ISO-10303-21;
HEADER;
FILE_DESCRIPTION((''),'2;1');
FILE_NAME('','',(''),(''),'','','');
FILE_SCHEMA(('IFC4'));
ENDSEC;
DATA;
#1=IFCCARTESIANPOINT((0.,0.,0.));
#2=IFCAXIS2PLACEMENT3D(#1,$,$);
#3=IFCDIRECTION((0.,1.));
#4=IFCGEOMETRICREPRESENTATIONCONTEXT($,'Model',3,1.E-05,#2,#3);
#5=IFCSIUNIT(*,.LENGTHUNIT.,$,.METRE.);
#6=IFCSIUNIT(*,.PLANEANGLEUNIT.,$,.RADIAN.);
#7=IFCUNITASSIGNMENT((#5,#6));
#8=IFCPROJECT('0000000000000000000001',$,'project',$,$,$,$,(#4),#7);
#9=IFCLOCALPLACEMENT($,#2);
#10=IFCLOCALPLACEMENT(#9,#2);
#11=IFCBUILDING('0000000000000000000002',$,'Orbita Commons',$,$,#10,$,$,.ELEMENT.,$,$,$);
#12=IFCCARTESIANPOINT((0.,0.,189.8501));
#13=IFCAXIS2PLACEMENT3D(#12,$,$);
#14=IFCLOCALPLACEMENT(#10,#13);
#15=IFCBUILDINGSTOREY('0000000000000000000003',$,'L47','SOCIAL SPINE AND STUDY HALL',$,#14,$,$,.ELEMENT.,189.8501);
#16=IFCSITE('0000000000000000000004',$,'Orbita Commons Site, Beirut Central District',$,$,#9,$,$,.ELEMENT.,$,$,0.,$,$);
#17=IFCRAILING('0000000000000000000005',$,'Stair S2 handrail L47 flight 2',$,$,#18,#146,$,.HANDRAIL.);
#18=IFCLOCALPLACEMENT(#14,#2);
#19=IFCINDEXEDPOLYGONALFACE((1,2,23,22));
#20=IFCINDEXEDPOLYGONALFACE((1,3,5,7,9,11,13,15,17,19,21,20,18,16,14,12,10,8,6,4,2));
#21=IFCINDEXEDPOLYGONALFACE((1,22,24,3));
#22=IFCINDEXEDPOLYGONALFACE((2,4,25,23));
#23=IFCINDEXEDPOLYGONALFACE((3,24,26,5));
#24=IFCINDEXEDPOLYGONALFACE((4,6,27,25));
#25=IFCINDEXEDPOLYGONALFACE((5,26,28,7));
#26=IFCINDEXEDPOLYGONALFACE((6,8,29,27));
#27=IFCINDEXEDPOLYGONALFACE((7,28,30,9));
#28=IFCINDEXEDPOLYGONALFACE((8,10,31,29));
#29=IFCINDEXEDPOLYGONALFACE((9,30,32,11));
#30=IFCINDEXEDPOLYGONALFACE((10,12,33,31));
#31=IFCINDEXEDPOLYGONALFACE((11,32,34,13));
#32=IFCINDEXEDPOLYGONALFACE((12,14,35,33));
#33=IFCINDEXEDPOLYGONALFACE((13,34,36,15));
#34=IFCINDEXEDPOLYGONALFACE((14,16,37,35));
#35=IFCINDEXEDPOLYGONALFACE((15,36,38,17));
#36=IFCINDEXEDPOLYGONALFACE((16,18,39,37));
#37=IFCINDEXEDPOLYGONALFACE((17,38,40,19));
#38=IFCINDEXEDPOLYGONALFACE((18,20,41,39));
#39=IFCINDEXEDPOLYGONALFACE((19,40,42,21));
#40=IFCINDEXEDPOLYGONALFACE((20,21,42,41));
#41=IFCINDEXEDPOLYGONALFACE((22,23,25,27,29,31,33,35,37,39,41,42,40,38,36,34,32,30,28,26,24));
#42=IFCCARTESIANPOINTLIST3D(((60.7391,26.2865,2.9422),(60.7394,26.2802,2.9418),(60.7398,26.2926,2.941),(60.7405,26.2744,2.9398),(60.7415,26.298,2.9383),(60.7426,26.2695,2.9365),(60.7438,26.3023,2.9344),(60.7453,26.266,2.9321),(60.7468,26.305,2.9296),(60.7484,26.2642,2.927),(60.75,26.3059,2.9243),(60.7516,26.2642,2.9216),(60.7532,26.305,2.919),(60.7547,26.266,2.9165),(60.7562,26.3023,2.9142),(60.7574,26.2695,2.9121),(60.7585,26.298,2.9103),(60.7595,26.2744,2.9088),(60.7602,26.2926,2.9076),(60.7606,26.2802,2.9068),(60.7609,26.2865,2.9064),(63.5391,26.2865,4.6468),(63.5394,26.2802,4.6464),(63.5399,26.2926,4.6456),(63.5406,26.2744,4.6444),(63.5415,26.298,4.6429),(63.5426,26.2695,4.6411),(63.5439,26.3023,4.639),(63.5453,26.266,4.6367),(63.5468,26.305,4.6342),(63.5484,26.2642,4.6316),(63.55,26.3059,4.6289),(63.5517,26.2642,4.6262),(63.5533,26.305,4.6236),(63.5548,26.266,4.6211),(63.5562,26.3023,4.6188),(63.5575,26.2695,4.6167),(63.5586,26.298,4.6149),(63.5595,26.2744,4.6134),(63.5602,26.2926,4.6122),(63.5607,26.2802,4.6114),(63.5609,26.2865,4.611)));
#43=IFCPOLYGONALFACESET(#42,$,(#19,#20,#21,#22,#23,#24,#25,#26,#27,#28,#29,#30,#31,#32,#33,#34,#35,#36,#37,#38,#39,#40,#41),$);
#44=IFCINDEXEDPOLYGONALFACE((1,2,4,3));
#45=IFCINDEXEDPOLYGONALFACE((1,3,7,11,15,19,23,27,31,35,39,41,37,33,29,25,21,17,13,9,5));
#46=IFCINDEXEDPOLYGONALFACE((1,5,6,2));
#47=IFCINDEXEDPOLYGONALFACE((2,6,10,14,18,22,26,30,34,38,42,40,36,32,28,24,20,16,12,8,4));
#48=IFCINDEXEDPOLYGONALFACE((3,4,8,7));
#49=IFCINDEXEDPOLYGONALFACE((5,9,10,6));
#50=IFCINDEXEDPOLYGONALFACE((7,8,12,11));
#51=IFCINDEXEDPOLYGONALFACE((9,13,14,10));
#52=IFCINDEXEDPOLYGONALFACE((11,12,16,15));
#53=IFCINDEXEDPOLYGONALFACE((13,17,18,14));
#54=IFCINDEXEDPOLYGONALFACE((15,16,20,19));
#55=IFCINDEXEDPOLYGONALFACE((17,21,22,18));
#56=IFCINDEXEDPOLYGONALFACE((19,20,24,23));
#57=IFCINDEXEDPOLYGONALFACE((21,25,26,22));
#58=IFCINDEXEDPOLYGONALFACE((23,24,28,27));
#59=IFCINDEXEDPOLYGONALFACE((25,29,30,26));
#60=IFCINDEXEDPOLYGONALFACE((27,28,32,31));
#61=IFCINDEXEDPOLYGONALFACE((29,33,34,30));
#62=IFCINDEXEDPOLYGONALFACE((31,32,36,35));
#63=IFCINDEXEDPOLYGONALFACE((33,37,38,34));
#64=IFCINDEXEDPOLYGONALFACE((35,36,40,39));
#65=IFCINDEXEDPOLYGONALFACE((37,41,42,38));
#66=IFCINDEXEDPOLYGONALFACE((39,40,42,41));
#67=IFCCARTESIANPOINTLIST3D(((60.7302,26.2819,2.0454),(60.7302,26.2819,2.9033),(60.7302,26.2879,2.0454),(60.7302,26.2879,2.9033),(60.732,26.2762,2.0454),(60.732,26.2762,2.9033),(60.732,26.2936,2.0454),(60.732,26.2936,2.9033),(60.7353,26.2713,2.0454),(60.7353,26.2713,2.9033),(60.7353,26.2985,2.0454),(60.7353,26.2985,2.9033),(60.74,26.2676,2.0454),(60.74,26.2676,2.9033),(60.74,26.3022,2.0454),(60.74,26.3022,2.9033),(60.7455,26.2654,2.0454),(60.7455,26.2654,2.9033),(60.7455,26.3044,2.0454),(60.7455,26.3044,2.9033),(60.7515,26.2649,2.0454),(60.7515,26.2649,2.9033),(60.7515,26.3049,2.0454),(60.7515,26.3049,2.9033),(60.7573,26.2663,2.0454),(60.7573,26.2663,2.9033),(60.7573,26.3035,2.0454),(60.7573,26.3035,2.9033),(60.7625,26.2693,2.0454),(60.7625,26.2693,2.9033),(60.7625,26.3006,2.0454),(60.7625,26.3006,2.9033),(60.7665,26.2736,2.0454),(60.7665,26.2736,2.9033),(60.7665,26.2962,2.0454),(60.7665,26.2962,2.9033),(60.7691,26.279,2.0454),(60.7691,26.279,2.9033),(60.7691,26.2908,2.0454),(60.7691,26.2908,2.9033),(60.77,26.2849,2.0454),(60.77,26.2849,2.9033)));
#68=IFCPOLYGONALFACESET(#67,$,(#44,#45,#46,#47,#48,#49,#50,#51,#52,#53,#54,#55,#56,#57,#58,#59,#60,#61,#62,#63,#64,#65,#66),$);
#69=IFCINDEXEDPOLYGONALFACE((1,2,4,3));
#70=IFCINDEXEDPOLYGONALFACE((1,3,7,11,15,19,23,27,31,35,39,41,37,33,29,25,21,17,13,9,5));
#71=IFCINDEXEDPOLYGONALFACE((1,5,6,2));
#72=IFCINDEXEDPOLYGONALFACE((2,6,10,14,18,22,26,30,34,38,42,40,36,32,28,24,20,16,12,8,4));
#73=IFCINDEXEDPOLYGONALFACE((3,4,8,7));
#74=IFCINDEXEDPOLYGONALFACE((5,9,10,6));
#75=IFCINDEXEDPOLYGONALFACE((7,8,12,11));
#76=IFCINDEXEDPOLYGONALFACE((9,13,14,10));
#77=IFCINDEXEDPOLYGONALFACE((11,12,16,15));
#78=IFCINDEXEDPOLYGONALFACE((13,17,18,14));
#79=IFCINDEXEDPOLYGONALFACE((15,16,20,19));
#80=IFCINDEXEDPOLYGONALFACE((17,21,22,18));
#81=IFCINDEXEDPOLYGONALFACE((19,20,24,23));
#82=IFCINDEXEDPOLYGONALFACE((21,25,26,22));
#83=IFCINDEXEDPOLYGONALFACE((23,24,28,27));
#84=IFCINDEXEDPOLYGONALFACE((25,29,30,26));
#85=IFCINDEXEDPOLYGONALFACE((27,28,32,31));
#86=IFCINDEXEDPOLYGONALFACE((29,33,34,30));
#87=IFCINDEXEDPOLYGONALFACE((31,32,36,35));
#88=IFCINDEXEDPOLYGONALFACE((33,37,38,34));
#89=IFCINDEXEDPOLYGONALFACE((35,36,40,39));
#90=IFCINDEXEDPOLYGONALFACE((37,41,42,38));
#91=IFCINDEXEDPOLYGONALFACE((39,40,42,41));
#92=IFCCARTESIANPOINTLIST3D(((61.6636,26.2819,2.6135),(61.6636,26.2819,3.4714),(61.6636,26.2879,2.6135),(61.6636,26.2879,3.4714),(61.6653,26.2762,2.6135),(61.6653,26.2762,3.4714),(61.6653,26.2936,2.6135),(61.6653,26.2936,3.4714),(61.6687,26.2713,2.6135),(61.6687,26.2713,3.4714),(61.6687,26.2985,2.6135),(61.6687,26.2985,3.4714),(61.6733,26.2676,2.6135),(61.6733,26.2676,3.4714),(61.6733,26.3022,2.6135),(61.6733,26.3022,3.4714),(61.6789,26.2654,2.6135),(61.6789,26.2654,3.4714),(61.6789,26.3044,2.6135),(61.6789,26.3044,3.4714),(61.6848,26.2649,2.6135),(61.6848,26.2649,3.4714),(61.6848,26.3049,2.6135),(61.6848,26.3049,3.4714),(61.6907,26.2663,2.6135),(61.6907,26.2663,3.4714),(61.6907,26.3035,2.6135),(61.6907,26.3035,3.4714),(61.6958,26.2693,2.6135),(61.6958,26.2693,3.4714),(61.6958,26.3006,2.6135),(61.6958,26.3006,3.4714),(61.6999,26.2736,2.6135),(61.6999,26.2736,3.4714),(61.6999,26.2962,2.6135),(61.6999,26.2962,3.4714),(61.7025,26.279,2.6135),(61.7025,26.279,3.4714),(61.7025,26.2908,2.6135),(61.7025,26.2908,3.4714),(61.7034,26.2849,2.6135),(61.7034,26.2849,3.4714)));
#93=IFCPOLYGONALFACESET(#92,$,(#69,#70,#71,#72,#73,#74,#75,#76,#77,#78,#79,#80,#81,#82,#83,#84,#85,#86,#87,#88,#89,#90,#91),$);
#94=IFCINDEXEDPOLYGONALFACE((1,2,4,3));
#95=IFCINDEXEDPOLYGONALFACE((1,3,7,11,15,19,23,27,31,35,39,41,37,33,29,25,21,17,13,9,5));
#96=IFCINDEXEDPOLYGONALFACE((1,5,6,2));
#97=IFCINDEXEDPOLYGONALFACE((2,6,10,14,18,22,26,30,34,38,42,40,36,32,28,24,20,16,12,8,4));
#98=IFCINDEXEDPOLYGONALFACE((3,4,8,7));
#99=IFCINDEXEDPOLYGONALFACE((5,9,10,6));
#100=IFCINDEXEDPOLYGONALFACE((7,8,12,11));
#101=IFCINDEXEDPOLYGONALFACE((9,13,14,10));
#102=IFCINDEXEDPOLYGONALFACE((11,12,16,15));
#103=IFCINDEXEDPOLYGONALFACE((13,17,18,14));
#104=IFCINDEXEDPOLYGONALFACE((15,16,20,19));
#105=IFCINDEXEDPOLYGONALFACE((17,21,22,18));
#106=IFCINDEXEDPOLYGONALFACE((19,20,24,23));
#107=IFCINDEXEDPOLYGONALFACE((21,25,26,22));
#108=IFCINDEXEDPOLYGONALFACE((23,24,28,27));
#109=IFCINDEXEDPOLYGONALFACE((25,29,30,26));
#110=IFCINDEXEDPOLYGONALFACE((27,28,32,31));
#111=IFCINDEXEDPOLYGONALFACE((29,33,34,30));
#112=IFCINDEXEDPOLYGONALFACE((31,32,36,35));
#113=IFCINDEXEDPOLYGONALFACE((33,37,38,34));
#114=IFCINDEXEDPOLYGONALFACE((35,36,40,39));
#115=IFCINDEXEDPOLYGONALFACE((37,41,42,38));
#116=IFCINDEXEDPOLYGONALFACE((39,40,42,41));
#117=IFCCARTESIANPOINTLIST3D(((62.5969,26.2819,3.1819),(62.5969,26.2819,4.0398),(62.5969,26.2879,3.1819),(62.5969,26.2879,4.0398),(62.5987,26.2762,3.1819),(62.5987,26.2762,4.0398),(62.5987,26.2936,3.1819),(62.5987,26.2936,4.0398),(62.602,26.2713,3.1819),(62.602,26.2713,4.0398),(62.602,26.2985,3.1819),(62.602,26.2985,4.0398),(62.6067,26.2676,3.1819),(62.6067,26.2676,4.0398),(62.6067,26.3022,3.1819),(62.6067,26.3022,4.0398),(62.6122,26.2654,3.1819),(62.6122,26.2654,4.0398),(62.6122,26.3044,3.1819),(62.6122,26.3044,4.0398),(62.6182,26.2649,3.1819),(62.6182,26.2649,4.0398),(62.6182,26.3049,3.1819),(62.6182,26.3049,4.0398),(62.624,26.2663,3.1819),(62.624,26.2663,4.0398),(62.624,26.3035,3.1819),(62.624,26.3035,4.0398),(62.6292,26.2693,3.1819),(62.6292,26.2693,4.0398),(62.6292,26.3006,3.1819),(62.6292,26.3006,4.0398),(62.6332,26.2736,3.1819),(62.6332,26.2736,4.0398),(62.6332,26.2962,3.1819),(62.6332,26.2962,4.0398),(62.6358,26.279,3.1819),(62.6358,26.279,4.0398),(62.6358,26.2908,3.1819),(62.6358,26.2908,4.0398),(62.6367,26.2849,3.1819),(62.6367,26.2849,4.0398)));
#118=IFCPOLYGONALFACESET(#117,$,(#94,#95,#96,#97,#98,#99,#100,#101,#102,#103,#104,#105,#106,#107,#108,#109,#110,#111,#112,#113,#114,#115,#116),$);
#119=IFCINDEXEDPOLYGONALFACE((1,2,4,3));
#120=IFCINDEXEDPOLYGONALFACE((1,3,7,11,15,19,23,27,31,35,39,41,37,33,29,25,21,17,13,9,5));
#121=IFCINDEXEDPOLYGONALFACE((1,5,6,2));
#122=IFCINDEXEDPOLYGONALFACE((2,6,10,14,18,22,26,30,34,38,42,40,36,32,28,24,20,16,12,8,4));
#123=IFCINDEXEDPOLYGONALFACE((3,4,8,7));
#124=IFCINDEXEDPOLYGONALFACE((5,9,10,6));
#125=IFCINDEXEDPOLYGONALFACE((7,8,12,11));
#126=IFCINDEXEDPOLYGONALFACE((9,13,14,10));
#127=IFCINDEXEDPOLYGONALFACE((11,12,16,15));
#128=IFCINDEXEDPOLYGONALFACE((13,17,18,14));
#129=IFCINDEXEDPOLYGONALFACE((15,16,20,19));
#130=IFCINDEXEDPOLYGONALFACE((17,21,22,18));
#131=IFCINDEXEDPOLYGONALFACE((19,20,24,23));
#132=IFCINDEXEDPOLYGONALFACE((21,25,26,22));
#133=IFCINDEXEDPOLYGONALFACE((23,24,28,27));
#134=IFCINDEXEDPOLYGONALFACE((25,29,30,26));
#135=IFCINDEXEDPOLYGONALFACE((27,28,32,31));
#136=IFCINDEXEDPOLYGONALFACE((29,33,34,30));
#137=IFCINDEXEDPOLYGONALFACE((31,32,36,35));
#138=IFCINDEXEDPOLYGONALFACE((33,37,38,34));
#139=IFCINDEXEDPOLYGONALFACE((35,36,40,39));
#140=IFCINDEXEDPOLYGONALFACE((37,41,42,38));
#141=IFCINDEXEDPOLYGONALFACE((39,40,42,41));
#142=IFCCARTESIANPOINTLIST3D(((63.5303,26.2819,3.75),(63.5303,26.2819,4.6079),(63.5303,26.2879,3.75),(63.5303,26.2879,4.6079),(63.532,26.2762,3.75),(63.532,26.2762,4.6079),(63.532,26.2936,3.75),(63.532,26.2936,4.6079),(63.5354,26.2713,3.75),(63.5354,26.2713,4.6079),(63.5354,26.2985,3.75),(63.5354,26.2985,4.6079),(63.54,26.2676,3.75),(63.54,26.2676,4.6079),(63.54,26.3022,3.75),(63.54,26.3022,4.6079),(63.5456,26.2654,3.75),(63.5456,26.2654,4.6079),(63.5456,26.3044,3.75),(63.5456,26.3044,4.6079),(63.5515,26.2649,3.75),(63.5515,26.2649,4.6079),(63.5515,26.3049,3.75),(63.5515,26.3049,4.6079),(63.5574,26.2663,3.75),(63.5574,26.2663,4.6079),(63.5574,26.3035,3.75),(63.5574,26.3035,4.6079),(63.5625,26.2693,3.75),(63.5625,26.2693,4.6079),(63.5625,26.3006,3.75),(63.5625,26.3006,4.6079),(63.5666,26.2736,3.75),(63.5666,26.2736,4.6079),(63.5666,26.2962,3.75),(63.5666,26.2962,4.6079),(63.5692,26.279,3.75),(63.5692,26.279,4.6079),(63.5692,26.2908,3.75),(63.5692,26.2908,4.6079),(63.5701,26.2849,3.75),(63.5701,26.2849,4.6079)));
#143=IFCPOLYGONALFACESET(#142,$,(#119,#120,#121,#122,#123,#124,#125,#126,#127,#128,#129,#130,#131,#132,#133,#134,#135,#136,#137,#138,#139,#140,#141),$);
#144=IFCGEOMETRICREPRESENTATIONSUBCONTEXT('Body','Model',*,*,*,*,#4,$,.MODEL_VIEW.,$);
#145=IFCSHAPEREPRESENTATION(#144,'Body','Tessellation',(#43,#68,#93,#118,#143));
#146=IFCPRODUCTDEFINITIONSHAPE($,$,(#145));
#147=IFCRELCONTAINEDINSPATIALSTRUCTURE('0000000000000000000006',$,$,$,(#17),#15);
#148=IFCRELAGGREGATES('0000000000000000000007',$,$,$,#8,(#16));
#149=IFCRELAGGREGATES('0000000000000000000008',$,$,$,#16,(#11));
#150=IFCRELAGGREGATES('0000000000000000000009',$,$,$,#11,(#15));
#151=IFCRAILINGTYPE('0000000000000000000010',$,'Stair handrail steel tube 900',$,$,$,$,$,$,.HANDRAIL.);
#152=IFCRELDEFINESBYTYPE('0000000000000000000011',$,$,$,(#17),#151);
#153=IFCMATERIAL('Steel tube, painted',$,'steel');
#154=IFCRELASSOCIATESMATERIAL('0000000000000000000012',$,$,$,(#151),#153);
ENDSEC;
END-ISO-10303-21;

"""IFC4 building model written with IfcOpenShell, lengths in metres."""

from ifc_helpers import new_model, si_unit, direction, frame, origin, origin_2d, place, context, subcontext, project, spatial, circle, extrude, material, type_object, element, save


model = new_model("IFC4")

# Units and contexts
model_context = context("Model", 3, precision=1e-05, world=origin(), true_north=direction((0.0, 1.0)))
body_context = subcontext(model_context, "Body", "Model", "MODEL_VIEW")
ifc_project = project(units=[si_unit("LENGTHUNIT", "METRE"), si_unit("PLANEANGLEUNIT", "RADIAN")], contexts=[model_context])

# Site, building, storey
site_placement = place(None, origin())
site = spatial("IfcSite", under=ifc_project, at=site_placement, Name="Orbita Commons Site, Beirut Central District", CompositionType="ELEMENT", RefElevation=0.0)
building_placement = place(site_placement, origin())
building = spatial("IfcBuilding", under=site, at=building_placement, Name="Orbita Commons", CompositionType="ELEMENT")
storey_placement = place(building_placement, frame((0.0, 0.0, 189.8501)))
storey = spatial("IfcBuildingStorey", under=building, at=storey_placement, Name="L47", Description="SOCIAL SPINE AND STUDY HALL", CompositionType="ELEMENT", Elevation=189.8501)

# Railing
ifc_material_1 = material(Name="Steel tube, painted", Category="steel")
railing_type = type_object("IfcRailingType", Name="Stair handrail steel tube 900", PredefinedType="HANDRAIL", material=ifc_material_1)
for number, where, name in (
    (1, (60.75, 26.2849, 2.0454), "Stair S2 handrail L47 flight 2"),
):
    element("IfcRailing", number, at=place(storey_placement, frame(where)), inside=storey, type_object=railing_type, Name=name, PredefinedType="HANDRAIL", context=body_context, shape_type="SweptSolid", body=[
        extrude(circle(Radius=0.021, at=origin_2d()), frame((0.0, 0.0, 0.8789), z_axis=(0.85417, 0.0, 0.519994), x_axis=(0.0, 1.0, 0.0)), (0.0, 0.0, 1.0), 3.2781),
        extrude(circle(Radius=0.02, at=origin_2d()), origin(), (0.0, 0.0, 1.0), 0.8579),
        extrude(circle(Radius=0.02, at=origin_2d()), frame((0.9333, 0.0, 0.5681)), (0.0, 0.0, 1.0), 0.8579),
        extrude(circle(Radius=0.02, at=origin_2d()), frame((1.8667, 0.0, 1.1365)), (0.0, 0.0, 1.0), 0.8579),
        extrude(circle(Radius=0.02, at=origin_2d()), frame((2.8, 0.0, 1.7046)), (0.0, 0.0, 1.0), 0.8579),
    ])

save(model, "model.ifc")
